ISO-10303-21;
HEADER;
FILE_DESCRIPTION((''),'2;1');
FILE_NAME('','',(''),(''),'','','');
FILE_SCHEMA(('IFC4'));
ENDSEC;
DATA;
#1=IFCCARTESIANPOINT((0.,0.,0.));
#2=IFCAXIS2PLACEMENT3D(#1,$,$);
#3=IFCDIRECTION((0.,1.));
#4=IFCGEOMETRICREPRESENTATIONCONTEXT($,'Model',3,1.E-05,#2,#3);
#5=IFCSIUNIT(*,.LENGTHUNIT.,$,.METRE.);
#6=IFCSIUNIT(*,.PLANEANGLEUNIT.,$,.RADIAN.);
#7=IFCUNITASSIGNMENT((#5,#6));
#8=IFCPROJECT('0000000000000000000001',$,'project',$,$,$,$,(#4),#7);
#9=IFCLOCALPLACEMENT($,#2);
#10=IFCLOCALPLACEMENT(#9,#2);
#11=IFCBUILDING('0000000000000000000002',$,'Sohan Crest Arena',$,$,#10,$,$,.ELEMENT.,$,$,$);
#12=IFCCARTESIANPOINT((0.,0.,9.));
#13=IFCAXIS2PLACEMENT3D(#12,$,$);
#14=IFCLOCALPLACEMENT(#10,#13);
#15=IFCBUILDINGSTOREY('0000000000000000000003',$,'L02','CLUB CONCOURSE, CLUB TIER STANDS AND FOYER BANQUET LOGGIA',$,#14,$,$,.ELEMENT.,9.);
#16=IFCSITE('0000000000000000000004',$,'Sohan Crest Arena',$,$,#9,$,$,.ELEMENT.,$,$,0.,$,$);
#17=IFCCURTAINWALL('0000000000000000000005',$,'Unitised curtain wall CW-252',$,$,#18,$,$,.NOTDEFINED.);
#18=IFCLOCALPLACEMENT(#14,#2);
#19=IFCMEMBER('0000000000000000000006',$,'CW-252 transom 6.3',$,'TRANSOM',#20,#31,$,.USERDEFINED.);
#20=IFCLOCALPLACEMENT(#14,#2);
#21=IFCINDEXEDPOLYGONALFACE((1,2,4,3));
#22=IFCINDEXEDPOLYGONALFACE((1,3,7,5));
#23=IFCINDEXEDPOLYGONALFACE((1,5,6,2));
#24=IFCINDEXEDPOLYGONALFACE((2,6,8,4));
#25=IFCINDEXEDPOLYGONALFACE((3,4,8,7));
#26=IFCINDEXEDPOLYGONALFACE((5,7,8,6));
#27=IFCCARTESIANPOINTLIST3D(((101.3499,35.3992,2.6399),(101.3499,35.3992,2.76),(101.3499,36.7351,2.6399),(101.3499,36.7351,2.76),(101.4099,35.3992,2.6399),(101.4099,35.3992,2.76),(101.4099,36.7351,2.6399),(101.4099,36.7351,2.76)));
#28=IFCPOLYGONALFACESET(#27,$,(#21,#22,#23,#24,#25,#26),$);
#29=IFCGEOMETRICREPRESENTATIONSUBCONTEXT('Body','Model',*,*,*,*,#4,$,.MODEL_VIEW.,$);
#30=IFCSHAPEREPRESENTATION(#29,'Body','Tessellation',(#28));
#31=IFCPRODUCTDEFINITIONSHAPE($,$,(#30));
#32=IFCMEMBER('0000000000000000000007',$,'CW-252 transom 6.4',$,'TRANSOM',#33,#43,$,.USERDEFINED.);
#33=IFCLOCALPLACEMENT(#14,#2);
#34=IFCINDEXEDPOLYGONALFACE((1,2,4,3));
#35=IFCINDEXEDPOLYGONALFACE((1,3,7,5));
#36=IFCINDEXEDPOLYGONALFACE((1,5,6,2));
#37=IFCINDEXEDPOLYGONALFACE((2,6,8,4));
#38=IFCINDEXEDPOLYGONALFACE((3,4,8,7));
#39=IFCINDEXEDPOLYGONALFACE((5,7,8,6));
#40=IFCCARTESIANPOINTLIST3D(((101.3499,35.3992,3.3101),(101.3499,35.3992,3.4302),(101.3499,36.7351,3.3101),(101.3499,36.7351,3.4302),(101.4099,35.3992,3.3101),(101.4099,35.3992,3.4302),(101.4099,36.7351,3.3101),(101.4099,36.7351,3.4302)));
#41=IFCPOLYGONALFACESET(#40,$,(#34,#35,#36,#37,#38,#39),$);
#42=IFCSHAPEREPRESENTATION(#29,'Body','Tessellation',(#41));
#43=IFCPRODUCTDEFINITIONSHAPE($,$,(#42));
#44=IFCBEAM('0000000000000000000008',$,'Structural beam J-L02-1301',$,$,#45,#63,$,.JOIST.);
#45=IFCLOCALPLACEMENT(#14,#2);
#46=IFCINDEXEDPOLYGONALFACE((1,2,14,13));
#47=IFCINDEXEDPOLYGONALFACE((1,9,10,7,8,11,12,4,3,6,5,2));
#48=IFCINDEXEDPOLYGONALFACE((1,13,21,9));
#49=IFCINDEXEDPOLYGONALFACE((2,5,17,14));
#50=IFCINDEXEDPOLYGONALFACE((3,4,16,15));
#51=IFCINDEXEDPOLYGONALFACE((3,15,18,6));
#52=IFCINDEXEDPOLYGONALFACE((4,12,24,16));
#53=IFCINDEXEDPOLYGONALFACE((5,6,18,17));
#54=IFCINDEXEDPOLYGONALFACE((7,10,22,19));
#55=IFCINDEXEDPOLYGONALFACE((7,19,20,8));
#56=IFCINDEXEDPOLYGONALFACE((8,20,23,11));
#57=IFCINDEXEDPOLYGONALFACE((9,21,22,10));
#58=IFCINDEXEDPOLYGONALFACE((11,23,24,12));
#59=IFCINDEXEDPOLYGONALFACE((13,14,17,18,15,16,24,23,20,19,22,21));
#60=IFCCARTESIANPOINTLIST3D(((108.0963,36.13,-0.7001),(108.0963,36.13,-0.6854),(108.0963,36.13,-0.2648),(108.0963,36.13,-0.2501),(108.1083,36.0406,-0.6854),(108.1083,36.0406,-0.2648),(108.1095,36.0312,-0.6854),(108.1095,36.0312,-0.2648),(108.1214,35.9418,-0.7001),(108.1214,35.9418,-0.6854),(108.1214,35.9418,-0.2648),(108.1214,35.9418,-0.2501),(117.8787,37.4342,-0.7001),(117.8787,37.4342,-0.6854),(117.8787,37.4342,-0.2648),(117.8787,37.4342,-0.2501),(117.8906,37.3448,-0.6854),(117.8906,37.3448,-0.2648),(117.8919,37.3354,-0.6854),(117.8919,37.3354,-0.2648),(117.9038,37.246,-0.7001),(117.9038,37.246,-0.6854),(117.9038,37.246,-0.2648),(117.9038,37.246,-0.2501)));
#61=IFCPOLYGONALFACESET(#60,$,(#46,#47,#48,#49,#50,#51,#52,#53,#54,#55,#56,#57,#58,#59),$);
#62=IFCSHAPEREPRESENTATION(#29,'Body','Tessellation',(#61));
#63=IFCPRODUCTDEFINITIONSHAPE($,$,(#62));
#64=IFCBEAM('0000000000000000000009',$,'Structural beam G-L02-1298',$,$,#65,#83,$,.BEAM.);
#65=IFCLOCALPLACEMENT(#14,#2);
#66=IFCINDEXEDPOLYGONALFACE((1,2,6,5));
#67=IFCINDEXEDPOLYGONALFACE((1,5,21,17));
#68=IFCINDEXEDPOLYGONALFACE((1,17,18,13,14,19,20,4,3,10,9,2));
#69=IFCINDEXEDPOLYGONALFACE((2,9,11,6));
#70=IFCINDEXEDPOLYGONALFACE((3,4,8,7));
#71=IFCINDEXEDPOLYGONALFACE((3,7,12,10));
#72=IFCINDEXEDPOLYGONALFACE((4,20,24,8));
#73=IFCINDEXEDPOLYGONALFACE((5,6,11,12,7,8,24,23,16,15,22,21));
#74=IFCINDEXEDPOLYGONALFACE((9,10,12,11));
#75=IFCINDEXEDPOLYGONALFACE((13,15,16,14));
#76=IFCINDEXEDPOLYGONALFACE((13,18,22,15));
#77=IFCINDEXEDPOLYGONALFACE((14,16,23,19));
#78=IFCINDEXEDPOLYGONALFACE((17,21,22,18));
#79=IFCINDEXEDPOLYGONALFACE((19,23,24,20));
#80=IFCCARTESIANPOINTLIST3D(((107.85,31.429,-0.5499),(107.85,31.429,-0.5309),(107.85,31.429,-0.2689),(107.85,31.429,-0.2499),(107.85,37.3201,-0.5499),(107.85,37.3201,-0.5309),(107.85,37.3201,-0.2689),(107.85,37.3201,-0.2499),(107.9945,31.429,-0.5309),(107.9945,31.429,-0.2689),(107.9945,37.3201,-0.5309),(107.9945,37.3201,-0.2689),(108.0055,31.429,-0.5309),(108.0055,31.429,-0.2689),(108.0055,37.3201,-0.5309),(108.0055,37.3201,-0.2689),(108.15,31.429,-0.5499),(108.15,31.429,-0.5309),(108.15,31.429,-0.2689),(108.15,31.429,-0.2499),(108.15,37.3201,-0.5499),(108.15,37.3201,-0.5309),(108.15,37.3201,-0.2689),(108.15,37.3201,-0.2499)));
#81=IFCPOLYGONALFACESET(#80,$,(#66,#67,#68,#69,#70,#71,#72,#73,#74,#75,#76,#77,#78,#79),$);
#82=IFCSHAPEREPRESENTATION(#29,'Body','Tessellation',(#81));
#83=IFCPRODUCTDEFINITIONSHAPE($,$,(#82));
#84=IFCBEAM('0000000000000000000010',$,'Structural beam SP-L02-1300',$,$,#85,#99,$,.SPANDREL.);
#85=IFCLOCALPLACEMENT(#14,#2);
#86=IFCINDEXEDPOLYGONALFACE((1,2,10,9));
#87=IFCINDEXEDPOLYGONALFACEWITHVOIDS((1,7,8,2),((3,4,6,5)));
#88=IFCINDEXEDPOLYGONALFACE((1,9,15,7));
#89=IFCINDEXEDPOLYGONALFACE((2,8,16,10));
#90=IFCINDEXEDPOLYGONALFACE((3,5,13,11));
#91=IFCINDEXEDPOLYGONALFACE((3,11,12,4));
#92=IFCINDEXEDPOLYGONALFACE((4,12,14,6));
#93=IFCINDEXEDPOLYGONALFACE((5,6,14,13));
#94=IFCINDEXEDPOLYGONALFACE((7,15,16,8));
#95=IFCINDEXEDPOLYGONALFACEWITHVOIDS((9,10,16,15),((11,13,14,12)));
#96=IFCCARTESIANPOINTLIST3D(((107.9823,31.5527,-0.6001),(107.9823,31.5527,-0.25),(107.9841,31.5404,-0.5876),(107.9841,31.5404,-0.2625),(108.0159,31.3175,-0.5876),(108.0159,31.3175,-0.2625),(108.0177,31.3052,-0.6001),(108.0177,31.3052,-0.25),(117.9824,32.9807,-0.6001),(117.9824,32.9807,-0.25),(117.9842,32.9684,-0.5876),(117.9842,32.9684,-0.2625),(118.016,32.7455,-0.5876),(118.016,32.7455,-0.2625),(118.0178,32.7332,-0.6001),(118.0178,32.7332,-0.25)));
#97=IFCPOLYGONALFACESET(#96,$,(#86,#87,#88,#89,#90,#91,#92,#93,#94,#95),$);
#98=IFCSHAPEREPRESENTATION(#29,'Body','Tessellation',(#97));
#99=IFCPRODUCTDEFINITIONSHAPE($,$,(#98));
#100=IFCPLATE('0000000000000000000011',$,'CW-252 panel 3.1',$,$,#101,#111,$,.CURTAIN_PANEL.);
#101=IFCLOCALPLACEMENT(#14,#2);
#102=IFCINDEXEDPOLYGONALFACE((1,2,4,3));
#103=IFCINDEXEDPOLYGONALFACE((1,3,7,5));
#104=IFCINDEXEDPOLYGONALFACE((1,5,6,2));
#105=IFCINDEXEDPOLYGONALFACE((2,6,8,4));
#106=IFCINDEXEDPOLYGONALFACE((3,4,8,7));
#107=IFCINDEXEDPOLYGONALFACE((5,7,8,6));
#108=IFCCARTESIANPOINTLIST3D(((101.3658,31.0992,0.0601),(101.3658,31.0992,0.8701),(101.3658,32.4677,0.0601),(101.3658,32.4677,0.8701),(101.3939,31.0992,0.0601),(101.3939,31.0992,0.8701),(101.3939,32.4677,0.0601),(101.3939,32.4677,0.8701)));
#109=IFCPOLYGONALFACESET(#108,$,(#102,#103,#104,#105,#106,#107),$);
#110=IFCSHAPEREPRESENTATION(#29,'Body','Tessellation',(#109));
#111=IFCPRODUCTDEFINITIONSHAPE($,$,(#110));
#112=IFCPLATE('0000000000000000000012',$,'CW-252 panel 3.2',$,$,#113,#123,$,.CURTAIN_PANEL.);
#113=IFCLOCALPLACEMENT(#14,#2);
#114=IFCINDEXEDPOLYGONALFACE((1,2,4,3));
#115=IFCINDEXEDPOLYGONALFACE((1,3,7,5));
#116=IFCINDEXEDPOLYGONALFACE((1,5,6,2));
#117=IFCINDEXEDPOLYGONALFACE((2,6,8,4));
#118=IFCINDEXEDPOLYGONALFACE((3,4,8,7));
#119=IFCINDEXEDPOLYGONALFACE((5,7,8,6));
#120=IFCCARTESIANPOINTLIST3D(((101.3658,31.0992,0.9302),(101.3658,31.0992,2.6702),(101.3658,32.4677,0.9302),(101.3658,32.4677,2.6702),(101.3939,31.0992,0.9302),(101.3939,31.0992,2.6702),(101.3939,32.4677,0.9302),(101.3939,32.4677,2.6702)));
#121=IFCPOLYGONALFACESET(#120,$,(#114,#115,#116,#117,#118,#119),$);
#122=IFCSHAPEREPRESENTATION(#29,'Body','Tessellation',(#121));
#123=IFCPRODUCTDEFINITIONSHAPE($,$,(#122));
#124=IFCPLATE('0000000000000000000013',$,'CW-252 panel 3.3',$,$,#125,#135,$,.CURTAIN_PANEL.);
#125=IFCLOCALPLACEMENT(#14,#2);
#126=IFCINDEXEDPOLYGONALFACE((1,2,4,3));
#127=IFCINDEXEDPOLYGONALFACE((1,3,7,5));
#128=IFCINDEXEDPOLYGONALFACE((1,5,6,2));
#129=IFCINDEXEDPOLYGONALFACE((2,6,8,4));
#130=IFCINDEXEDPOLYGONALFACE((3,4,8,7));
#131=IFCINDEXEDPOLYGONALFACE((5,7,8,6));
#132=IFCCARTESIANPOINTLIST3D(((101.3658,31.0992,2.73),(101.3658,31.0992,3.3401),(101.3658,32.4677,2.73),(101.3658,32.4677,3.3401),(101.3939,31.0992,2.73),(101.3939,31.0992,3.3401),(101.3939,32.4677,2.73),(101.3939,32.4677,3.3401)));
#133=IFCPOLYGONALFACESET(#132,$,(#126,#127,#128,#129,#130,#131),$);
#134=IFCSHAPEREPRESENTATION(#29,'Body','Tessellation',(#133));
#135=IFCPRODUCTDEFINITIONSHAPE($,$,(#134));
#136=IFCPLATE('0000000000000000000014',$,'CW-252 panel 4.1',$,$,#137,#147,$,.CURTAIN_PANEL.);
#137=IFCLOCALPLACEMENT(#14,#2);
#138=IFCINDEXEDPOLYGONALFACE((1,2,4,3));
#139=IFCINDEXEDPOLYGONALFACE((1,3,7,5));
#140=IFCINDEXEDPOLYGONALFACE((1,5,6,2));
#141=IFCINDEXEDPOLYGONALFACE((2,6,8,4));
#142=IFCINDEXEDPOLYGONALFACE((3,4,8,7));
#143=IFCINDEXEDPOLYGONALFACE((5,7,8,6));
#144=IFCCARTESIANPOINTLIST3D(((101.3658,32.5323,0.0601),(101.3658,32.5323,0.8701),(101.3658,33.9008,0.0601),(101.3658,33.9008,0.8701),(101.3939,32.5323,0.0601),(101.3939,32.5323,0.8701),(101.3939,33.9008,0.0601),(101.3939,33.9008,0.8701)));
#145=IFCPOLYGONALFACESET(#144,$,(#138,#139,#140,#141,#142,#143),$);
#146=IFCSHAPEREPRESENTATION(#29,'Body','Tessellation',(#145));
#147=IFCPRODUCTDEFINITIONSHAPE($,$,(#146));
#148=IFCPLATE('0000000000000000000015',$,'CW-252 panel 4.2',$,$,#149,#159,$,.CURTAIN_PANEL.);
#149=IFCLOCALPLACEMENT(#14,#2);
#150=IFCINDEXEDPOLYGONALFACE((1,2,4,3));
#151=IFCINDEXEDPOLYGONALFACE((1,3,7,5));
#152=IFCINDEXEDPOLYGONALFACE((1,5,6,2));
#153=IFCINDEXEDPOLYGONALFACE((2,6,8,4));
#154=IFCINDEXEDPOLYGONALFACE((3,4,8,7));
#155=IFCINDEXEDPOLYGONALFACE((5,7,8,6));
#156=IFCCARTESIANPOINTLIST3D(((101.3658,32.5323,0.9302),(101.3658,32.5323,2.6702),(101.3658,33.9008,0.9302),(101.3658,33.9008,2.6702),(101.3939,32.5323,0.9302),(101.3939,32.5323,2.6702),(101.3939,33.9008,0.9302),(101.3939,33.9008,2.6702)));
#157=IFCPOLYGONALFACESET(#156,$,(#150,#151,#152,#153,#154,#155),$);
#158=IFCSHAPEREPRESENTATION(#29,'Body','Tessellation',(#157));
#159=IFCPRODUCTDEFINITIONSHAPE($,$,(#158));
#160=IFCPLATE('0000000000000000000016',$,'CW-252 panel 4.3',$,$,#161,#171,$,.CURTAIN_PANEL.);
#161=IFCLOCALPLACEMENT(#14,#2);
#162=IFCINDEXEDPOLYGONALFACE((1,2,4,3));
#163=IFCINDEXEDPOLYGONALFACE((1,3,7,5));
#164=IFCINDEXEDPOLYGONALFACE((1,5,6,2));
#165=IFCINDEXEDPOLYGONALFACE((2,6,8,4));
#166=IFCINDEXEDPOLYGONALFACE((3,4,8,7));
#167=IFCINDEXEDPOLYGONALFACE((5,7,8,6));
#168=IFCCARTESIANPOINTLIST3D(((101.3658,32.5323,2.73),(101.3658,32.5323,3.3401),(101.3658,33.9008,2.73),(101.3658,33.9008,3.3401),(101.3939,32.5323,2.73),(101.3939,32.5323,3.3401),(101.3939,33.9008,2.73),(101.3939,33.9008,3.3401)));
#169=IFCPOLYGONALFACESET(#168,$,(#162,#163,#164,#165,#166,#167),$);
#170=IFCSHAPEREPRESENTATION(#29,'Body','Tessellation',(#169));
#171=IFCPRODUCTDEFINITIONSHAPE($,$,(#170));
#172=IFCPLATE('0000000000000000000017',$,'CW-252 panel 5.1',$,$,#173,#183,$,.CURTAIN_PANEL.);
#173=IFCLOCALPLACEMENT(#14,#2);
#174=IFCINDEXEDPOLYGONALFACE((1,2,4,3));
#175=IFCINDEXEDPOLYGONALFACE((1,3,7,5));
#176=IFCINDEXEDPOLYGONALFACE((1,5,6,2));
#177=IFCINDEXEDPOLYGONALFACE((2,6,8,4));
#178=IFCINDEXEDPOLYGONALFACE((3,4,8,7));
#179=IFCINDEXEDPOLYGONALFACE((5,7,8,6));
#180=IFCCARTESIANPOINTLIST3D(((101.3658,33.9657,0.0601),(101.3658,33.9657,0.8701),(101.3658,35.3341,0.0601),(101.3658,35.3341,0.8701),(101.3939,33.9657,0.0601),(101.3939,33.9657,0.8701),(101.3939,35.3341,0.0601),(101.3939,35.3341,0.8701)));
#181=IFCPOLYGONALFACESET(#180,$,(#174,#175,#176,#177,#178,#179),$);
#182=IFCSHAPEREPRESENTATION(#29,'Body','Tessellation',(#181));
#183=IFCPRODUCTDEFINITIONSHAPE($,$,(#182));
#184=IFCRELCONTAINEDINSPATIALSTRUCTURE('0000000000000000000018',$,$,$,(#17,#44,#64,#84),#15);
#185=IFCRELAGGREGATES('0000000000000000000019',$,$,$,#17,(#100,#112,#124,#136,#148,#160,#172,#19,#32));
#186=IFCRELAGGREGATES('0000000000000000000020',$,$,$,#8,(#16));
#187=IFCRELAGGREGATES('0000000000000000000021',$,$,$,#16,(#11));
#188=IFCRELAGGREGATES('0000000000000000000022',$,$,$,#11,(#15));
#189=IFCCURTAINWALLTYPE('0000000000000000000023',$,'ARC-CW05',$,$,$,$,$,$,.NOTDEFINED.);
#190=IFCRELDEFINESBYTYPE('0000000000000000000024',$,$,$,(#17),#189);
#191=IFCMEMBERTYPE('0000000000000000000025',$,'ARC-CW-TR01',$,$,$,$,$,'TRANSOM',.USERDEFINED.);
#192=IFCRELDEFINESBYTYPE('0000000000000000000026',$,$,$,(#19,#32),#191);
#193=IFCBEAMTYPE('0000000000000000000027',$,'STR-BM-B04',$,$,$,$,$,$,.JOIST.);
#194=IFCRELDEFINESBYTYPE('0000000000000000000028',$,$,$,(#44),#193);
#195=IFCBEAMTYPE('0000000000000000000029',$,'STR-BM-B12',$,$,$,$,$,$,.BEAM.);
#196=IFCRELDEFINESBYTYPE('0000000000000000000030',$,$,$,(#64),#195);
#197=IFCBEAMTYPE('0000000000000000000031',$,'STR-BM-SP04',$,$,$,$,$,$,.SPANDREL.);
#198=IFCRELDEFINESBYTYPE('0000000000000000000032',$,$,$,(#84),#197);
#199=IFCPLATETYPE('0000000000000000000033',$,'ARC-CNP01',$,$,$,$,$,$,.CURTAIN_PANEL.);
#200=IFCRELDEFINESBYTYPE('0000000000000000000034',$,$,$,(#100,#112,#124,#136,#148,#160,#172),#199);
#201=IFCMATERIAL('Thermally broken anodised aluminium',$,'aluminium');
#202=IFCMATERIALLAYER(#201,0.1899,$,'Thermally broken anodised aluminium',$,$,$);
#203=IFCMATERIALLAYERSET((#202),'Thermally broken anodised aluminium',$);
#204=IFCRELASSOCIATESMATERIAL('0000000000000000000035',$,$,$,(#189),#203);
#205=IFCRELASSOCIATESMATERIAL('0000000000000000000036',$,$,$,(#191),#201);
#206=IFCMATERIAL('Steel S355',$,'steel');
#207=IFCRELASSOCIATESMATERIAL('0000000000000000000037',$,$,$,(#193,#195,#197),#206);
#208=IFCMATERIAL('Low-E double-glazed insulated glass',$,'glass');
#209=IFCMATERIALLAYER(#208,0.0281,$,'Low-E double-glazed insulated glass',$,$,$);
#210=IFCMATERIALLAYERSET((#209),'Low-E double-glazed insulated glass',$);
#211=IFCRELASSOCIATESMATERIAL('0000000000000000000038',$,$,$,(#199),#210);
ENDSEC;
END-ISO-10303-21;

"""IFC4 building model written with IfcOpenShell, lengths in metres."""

from ifc_helpers import new_model, si_unit, direction, frame, origin, origin_2d, place, context, subcontext, project, spatial, rectangle, hollow_rectangle, i_section, extrude, material, layer, layer_set, material_profile, profile_set, type_object, element, aggregate, save


model = new_model("IFC4")

# Units and contexts
model_context = context("Model", 3, precision=1e-05, world=origin(), true_north=direction((0.0, 1.0)))
body_context = subcontext(model_context, "Body", "Model", "MODEL_VIEW")
ifc_project = project(units=[si_unit("LENGTHUNIT", "METRE"), si_unit("PLANEANGLEUNIT", "RADIAN")], contexts=[model_context])

# Site, building, storey
site_placement = place(None, origin())
site = spatial("IfcSite", under=ifc_project, at=site_placement, Name="Sohan Crest Arena", CompositionType="ELEMENT", RefElevation=0.0)
building_placement = place(site_placement, origin())
building = spatial("IfcBuilding", under=site, at=building_placement, Name="Sohan Crest Arena", CompositionType="ELEMENT")
storey_placement = place(building_placement, frame((0.0, 0.0, 9.0)))
storey = spatial("IfcBuildingStorey", under=building, at=storey_placement, Name="L02", Description="CLUB CONCOURSE, CLUB TIER STANDS AND FOYER BANQUET LOGGIA", CompositionType="ELEMENT", Elevation=9.0)

# Shared definitions
ifc_material_1 = material(Name="Steel S355", Category="steel")

# Curtain wall, members
ifc_material_2 = material(Name="Thermally broken anodised aluminium", Category="aluminium")
ifc_layer_1 = layer(ifc_material_2, 0.1899, Name="Thermally broken anodised aluminium")
ifc_layer_set_1 = layer_set([ifc_layer_1], Name="Thermally broken anodised aluminium")
curtain_wall_type_1 = type_object("IfcCurtainWallType", Name="ARC-CW05", PredefinedType="NOTDEFINED", material=ifc_layer_set_1)
curtain_wall_1_placement = place(storey_placement, origin())
curtain_wall_1 = element("IfcCurtainWall", 1, at=curtain_wall_1_placement, inside=storey, type_object=curtain_wall_type_1, Name="Unitised curtain wall CW-252", PredefinedType="NOTDEFINED")
ifc_material_profile_1 = material_profile(ifc_material_2, rectangle(XDim=0.0601, YDim=0.1201, at=origin_2d()), Name="ALU-TRAN 60x120")
ifc_profile_set_1 = profile_set([ifc_material_profile_1], Name="Thermally broken anodised aluminium")
member_type_1 = type_object("IfcMemberType", Name="ARC-CW-TR01", ElementType="TRANSOM", PredefinedType="USERDEFINED", material=ifc_profile_set_1)
member_1_placement = place(storey_placement, frame((101.3799, 35.3992, 2.7), z_axis=(0.0, 1.0, 0.0), x_axis=(-1.0, 0.0, 0.0)))
member_1 = element("IfcMember", 2, at=member_1_placement, type_object=member_type_1, Name="CW-252 transom 6.3", ObjectType="TRANSOM", PredefinedType="USERDEFINED", context=body_context, shape_type="SweptSolid", body=[
    extrude(rectangle(XDim=0.0601, YDim=0.1201, at=origin_2d()), origin(), (0.0, 0.0, 1.0), 1.3359),
])
member_2_placement = place(storey_placement, frame((101.3799, 35.3992, 3.3701), z_axis=(0.0, 1.0, 0.0), x_axis=(-1.0, 0.0, 0.0)))
member_2 = element("IfcMember", 3, at=member_2_placement, type_object=member_type_1, Name="CW-252 transom 6.4", ObjectType="TRANSOM", PredefinedType="USERDEFINED", context=body_context, shape_type="SweptSolid", body=[
    extrude(rectangle(XDim=0.0601, YDim=0.1201, at=origin_2d()), origin(), (0.0, 0.0, 1.0), 1.3359),
])

# Beams
ifc_material_profile_2 = material_profile(ifc_material_1, i_section(OverallWidth=0.1899, OverallDepth=0.45, WebThickness=0.0095, FlangeThickness=0.0146, at=origin_2d()), Name="IPE 450")
ifc_profile_set_2 = profile_set([ifc_material_profile_2], Name="Steel S355")
beam_type_1 = type_object("IfcBeamType", Name="STR-BM-B04", PredefinedType="JOIST", material=ifc_profile_set_2)
beam_1_placement = place(storey_placement, frame((108.1089, 36.0359, -0.4751), z_axis=(0.991229, 0.132154, 0.0), x_axis=(-0.132154, 0.991229, 0.0)))
element("IfcBeam", 4, at=beam_1_placement, inside=storey, type_object=beam_type_1, Name="Structural beam J-L02-1301", PredefinedType="JOIST", context=body_context, shape_type="SweptSolid", body=[
    extrude(i_section(OverallWidth=0.1899, OverallDepth=0.45, WebThickness=0.0095, FlangeThickness=0.0146, at=origin_2d()), origin(), (0.0, 0.0, 1.0), 9.8689),
])
ifc_material_profile_3 = material_profile(ifc_material_1, i_section(OverallWidth=0.3, OverallDepth=0.3, WebThickness=0.011, FlangeThickness=0.019, at=origin_2d()), Name="HEB 300")
ifc_profile_set_3 = profile_set([ifc_material_profile_3], Name="Steel S355")
beam_type_2 = type_object("IfcBeamType", Name="STR-BM-B12", PredefinedType="BEAM", material=ifc_profile_set_3)
beam_2_placement = place(storey_placement, frame((108.0, 37.3201, -0.3999), z_axis=(0.0, -1.0, 0.0), x_axis=(1.0, 0.0, 0.0)))
element("IfcBeam", 5, at=beam_2_placement, inside=storey, type_object=beam_type_2, Name="Structural beam G-L02-1298", PredefinedType="BEAM", context=body_context, shape_type="SweptSolid", body=[
    extrude(i_section(OverallWidth=0.3, OverallDepth=0.3, WebThickness=0.011, FlangeThickness=0.019, at=origin_2d()), origin(), (0.0, 0.0, 1.0), 5.8911),
])
ifc_material_profile_4 = material_profile(ifc_material_1, hollow_rectangle(XDim=0.25, YDim=0.3501, WallThickness=0.0125, at=origin_2d()), Name="RHS 350x250x12.5")
ifc_profile_set_4 = profile_set([ifc_material_profile_4], Name="Steel S355")
beam_type_3 = type_object("IfcBeamType", Name="STR-BM-SP04", PredefinedType="SPANDREL", material=ifc_profile_set_4)
beam_3_placement = place(storey_placement, frame((108.0, 31.429, -0.425), z_axis=(0.989958, 0.141364, 0.0), x_axis=(-0.141364, 0.989958, 0.0)))
element("IfcBeam", 6, at=beam_3_placement, inside=storey, type_object=beam_type_3, Name="Structural beam SP-L02-1300", PredefinedType="SPANDREL", context=body_context, shape_type="SweptSolid", body=[
    extrude(hollow_rectangle(XDim=0.25, YDim=0.3501, WallThickness=0.0125, at=origin_2d()), origin(), (0.0, 0.0, 1.0), 10.1016),
])

# Plates
ifc_material_3 = material(Name="Low-E double-glazed insulated glass", Category="glass")
ifc_layer_2 = layer(ifc_material_3, 0.0281, Name="Low-E double-glazed insulated glass")
ifc_layer_set_2 = layer_set([ifc_layer_2], Name="Low-E double-glazed insulated glass")
plate_type_1 = type_object("IfcPlateType", Name="ARC-CNP01", PredefinedType="CURTAIN_PANEL", material=ifc_layer_set_2)
plate_1_placement = place(storey_placement, frame((101.3799, 31.7834, 0.0601), z_axis=(0.0, 0.0, 1.0), x_axis=(0.0, 1.0, 0.0)))
plate_1 = element("IfcPlate", 7, at=plate_1_placement, type_object=plate_type_1, Name="CW-252 panel 3.1", PredefinedType="CURTAIN_PANEL", context=body_context, shape_type="SweptSolid", body=[
    extrude(rectangle(XDim=1.3684, YDim=0.0281, at=origin_2d()), origin(), (0.0, 0.0, 1.0), 0.8101),
])
plate_2_placement = place(storey_placement, frame((101.3799, 31.7834, 0.9302), z_axis=(0.0, 0.0, 1.0), x_axis=(0.0, 1.0, 0.0)))
plate_2 = element("IfcPlate", 8, at=plate_2_placement, type_object=plate_type_1, Name="CW-252 panel 3.2", PredefinedType="CURTAIN_PANEL", context=body_context, shape_type="SweptSolid", body=[
    extrude(rectangle(XDim=1.3684, YDim=0.0281, at=origin_2d()), origin(), (0.0, 0.0, 1.0), 1.74),
])
plate_3_placement = place(storey_placement, frame((101.3799, 31.7834, 2.73), z_axis=(0.0, 0.0, 1.0), x_axis=(0.0, 1.0, 0.0)))
plate_3 = element("IfcPlate", 9, at=plate_3_placement, type_object=plate_type_1, Name="CW-252 panel 3.3", PredefinedType="CURTAIN_PANEL", context=body_context, shape_type="SweptSolid", body=[
    extrude(rectangle(XDim=1.3684, YDim=0.0281, at=origin_2d()), origin(), (0.0, 0.0, 1.0), 0.6101),
])
plate_4_placement = place(storey_placement, frame((101.3799, 33.2166, 0.0601), z_axis=(0.0, 0.0, 1.0), x_axis=(0.0, 1.0, 0.0)))
plate_4 = element("IfcPlate", 10, at=plate_4_placement, type_object=plate_type_1, Name="CW-252 panel 4.1", PredefinedType="CURTAIN_PANEL", context=body_context, shape_type="SweptSolid", body=[
    extrude(rectangle(XDim=1.3684, YDim=0.0281, at=origin_2d()), origin(), (0.0, 0.0, 1.0), 0.8101),
])
plate_5_placement = place(storey_placement, frame((101.3799, 33.2166, 0.9302), z_axis=(0.0, 0.0, 1.0), x_axis=(0.0, 1.0, 0.0)))
plate_5 = element("IfcPlate", 11, at=plate_5_placement, type_object=plate_type_1, Name="CW-252 panel 4.2", PredefinedType="CURTAIN_PANEL", context=body_context, shape_type="SweptSolid", body=[
    extrude(rectangle(XDim=1.3684, YDim=0.0281, at=origin_2d()), origin(), (0.0, 0.0, 1.0), 1.74),
])
plate_6_placement = place(storey_placement, frame((101.3799, 33.2166, 2.73), z_axis=(0.0, 0.0, 1.0), x_axis=(0.0, 1.0, 0.0)))
plate_6 = element("IfcPlate", 12, at=plate_6_placement, type_object=plate_type_1, Name="CW-252 panel 4.3", PredefinedType="CURTAIN_PANEL", context=body_context, shape_type="SweptSolid", body=[
    extrude(rectangle(XDim=1.3684, YDim=0.0281, at=origin_2d()), origin(), (0.0, 0.0, 1.0), 0.6101),
])
plate_7_placement = place(storey_placement, frame((101.3799, 34.6499, 0.0601), z_axis=(0.0, 0.0, 1.0), x_axis=(0.0, 1.0, 0.0)))
plate_7 = element("IfcPlate", 13, at=plate_7_placement, type_object=plate_type_1, Name="CW-252 panel 5.1", PredefinedType="CURTAIN_PANEL", context=body_context, shape_type="SweptSolid", body=[
    extrude(rectangle(XDim=1.3684, YDim=0.0281, at=origin_2d()), origin(), (0.0, 0.0, 1.0), 0.8101),
])
aggregate(curtain_wall_1, [plate_1, plate_2, plate_3, plate_4, plate_5, plate_6, plate_7, member_1, member_2])

save(model, "model.ifc")
